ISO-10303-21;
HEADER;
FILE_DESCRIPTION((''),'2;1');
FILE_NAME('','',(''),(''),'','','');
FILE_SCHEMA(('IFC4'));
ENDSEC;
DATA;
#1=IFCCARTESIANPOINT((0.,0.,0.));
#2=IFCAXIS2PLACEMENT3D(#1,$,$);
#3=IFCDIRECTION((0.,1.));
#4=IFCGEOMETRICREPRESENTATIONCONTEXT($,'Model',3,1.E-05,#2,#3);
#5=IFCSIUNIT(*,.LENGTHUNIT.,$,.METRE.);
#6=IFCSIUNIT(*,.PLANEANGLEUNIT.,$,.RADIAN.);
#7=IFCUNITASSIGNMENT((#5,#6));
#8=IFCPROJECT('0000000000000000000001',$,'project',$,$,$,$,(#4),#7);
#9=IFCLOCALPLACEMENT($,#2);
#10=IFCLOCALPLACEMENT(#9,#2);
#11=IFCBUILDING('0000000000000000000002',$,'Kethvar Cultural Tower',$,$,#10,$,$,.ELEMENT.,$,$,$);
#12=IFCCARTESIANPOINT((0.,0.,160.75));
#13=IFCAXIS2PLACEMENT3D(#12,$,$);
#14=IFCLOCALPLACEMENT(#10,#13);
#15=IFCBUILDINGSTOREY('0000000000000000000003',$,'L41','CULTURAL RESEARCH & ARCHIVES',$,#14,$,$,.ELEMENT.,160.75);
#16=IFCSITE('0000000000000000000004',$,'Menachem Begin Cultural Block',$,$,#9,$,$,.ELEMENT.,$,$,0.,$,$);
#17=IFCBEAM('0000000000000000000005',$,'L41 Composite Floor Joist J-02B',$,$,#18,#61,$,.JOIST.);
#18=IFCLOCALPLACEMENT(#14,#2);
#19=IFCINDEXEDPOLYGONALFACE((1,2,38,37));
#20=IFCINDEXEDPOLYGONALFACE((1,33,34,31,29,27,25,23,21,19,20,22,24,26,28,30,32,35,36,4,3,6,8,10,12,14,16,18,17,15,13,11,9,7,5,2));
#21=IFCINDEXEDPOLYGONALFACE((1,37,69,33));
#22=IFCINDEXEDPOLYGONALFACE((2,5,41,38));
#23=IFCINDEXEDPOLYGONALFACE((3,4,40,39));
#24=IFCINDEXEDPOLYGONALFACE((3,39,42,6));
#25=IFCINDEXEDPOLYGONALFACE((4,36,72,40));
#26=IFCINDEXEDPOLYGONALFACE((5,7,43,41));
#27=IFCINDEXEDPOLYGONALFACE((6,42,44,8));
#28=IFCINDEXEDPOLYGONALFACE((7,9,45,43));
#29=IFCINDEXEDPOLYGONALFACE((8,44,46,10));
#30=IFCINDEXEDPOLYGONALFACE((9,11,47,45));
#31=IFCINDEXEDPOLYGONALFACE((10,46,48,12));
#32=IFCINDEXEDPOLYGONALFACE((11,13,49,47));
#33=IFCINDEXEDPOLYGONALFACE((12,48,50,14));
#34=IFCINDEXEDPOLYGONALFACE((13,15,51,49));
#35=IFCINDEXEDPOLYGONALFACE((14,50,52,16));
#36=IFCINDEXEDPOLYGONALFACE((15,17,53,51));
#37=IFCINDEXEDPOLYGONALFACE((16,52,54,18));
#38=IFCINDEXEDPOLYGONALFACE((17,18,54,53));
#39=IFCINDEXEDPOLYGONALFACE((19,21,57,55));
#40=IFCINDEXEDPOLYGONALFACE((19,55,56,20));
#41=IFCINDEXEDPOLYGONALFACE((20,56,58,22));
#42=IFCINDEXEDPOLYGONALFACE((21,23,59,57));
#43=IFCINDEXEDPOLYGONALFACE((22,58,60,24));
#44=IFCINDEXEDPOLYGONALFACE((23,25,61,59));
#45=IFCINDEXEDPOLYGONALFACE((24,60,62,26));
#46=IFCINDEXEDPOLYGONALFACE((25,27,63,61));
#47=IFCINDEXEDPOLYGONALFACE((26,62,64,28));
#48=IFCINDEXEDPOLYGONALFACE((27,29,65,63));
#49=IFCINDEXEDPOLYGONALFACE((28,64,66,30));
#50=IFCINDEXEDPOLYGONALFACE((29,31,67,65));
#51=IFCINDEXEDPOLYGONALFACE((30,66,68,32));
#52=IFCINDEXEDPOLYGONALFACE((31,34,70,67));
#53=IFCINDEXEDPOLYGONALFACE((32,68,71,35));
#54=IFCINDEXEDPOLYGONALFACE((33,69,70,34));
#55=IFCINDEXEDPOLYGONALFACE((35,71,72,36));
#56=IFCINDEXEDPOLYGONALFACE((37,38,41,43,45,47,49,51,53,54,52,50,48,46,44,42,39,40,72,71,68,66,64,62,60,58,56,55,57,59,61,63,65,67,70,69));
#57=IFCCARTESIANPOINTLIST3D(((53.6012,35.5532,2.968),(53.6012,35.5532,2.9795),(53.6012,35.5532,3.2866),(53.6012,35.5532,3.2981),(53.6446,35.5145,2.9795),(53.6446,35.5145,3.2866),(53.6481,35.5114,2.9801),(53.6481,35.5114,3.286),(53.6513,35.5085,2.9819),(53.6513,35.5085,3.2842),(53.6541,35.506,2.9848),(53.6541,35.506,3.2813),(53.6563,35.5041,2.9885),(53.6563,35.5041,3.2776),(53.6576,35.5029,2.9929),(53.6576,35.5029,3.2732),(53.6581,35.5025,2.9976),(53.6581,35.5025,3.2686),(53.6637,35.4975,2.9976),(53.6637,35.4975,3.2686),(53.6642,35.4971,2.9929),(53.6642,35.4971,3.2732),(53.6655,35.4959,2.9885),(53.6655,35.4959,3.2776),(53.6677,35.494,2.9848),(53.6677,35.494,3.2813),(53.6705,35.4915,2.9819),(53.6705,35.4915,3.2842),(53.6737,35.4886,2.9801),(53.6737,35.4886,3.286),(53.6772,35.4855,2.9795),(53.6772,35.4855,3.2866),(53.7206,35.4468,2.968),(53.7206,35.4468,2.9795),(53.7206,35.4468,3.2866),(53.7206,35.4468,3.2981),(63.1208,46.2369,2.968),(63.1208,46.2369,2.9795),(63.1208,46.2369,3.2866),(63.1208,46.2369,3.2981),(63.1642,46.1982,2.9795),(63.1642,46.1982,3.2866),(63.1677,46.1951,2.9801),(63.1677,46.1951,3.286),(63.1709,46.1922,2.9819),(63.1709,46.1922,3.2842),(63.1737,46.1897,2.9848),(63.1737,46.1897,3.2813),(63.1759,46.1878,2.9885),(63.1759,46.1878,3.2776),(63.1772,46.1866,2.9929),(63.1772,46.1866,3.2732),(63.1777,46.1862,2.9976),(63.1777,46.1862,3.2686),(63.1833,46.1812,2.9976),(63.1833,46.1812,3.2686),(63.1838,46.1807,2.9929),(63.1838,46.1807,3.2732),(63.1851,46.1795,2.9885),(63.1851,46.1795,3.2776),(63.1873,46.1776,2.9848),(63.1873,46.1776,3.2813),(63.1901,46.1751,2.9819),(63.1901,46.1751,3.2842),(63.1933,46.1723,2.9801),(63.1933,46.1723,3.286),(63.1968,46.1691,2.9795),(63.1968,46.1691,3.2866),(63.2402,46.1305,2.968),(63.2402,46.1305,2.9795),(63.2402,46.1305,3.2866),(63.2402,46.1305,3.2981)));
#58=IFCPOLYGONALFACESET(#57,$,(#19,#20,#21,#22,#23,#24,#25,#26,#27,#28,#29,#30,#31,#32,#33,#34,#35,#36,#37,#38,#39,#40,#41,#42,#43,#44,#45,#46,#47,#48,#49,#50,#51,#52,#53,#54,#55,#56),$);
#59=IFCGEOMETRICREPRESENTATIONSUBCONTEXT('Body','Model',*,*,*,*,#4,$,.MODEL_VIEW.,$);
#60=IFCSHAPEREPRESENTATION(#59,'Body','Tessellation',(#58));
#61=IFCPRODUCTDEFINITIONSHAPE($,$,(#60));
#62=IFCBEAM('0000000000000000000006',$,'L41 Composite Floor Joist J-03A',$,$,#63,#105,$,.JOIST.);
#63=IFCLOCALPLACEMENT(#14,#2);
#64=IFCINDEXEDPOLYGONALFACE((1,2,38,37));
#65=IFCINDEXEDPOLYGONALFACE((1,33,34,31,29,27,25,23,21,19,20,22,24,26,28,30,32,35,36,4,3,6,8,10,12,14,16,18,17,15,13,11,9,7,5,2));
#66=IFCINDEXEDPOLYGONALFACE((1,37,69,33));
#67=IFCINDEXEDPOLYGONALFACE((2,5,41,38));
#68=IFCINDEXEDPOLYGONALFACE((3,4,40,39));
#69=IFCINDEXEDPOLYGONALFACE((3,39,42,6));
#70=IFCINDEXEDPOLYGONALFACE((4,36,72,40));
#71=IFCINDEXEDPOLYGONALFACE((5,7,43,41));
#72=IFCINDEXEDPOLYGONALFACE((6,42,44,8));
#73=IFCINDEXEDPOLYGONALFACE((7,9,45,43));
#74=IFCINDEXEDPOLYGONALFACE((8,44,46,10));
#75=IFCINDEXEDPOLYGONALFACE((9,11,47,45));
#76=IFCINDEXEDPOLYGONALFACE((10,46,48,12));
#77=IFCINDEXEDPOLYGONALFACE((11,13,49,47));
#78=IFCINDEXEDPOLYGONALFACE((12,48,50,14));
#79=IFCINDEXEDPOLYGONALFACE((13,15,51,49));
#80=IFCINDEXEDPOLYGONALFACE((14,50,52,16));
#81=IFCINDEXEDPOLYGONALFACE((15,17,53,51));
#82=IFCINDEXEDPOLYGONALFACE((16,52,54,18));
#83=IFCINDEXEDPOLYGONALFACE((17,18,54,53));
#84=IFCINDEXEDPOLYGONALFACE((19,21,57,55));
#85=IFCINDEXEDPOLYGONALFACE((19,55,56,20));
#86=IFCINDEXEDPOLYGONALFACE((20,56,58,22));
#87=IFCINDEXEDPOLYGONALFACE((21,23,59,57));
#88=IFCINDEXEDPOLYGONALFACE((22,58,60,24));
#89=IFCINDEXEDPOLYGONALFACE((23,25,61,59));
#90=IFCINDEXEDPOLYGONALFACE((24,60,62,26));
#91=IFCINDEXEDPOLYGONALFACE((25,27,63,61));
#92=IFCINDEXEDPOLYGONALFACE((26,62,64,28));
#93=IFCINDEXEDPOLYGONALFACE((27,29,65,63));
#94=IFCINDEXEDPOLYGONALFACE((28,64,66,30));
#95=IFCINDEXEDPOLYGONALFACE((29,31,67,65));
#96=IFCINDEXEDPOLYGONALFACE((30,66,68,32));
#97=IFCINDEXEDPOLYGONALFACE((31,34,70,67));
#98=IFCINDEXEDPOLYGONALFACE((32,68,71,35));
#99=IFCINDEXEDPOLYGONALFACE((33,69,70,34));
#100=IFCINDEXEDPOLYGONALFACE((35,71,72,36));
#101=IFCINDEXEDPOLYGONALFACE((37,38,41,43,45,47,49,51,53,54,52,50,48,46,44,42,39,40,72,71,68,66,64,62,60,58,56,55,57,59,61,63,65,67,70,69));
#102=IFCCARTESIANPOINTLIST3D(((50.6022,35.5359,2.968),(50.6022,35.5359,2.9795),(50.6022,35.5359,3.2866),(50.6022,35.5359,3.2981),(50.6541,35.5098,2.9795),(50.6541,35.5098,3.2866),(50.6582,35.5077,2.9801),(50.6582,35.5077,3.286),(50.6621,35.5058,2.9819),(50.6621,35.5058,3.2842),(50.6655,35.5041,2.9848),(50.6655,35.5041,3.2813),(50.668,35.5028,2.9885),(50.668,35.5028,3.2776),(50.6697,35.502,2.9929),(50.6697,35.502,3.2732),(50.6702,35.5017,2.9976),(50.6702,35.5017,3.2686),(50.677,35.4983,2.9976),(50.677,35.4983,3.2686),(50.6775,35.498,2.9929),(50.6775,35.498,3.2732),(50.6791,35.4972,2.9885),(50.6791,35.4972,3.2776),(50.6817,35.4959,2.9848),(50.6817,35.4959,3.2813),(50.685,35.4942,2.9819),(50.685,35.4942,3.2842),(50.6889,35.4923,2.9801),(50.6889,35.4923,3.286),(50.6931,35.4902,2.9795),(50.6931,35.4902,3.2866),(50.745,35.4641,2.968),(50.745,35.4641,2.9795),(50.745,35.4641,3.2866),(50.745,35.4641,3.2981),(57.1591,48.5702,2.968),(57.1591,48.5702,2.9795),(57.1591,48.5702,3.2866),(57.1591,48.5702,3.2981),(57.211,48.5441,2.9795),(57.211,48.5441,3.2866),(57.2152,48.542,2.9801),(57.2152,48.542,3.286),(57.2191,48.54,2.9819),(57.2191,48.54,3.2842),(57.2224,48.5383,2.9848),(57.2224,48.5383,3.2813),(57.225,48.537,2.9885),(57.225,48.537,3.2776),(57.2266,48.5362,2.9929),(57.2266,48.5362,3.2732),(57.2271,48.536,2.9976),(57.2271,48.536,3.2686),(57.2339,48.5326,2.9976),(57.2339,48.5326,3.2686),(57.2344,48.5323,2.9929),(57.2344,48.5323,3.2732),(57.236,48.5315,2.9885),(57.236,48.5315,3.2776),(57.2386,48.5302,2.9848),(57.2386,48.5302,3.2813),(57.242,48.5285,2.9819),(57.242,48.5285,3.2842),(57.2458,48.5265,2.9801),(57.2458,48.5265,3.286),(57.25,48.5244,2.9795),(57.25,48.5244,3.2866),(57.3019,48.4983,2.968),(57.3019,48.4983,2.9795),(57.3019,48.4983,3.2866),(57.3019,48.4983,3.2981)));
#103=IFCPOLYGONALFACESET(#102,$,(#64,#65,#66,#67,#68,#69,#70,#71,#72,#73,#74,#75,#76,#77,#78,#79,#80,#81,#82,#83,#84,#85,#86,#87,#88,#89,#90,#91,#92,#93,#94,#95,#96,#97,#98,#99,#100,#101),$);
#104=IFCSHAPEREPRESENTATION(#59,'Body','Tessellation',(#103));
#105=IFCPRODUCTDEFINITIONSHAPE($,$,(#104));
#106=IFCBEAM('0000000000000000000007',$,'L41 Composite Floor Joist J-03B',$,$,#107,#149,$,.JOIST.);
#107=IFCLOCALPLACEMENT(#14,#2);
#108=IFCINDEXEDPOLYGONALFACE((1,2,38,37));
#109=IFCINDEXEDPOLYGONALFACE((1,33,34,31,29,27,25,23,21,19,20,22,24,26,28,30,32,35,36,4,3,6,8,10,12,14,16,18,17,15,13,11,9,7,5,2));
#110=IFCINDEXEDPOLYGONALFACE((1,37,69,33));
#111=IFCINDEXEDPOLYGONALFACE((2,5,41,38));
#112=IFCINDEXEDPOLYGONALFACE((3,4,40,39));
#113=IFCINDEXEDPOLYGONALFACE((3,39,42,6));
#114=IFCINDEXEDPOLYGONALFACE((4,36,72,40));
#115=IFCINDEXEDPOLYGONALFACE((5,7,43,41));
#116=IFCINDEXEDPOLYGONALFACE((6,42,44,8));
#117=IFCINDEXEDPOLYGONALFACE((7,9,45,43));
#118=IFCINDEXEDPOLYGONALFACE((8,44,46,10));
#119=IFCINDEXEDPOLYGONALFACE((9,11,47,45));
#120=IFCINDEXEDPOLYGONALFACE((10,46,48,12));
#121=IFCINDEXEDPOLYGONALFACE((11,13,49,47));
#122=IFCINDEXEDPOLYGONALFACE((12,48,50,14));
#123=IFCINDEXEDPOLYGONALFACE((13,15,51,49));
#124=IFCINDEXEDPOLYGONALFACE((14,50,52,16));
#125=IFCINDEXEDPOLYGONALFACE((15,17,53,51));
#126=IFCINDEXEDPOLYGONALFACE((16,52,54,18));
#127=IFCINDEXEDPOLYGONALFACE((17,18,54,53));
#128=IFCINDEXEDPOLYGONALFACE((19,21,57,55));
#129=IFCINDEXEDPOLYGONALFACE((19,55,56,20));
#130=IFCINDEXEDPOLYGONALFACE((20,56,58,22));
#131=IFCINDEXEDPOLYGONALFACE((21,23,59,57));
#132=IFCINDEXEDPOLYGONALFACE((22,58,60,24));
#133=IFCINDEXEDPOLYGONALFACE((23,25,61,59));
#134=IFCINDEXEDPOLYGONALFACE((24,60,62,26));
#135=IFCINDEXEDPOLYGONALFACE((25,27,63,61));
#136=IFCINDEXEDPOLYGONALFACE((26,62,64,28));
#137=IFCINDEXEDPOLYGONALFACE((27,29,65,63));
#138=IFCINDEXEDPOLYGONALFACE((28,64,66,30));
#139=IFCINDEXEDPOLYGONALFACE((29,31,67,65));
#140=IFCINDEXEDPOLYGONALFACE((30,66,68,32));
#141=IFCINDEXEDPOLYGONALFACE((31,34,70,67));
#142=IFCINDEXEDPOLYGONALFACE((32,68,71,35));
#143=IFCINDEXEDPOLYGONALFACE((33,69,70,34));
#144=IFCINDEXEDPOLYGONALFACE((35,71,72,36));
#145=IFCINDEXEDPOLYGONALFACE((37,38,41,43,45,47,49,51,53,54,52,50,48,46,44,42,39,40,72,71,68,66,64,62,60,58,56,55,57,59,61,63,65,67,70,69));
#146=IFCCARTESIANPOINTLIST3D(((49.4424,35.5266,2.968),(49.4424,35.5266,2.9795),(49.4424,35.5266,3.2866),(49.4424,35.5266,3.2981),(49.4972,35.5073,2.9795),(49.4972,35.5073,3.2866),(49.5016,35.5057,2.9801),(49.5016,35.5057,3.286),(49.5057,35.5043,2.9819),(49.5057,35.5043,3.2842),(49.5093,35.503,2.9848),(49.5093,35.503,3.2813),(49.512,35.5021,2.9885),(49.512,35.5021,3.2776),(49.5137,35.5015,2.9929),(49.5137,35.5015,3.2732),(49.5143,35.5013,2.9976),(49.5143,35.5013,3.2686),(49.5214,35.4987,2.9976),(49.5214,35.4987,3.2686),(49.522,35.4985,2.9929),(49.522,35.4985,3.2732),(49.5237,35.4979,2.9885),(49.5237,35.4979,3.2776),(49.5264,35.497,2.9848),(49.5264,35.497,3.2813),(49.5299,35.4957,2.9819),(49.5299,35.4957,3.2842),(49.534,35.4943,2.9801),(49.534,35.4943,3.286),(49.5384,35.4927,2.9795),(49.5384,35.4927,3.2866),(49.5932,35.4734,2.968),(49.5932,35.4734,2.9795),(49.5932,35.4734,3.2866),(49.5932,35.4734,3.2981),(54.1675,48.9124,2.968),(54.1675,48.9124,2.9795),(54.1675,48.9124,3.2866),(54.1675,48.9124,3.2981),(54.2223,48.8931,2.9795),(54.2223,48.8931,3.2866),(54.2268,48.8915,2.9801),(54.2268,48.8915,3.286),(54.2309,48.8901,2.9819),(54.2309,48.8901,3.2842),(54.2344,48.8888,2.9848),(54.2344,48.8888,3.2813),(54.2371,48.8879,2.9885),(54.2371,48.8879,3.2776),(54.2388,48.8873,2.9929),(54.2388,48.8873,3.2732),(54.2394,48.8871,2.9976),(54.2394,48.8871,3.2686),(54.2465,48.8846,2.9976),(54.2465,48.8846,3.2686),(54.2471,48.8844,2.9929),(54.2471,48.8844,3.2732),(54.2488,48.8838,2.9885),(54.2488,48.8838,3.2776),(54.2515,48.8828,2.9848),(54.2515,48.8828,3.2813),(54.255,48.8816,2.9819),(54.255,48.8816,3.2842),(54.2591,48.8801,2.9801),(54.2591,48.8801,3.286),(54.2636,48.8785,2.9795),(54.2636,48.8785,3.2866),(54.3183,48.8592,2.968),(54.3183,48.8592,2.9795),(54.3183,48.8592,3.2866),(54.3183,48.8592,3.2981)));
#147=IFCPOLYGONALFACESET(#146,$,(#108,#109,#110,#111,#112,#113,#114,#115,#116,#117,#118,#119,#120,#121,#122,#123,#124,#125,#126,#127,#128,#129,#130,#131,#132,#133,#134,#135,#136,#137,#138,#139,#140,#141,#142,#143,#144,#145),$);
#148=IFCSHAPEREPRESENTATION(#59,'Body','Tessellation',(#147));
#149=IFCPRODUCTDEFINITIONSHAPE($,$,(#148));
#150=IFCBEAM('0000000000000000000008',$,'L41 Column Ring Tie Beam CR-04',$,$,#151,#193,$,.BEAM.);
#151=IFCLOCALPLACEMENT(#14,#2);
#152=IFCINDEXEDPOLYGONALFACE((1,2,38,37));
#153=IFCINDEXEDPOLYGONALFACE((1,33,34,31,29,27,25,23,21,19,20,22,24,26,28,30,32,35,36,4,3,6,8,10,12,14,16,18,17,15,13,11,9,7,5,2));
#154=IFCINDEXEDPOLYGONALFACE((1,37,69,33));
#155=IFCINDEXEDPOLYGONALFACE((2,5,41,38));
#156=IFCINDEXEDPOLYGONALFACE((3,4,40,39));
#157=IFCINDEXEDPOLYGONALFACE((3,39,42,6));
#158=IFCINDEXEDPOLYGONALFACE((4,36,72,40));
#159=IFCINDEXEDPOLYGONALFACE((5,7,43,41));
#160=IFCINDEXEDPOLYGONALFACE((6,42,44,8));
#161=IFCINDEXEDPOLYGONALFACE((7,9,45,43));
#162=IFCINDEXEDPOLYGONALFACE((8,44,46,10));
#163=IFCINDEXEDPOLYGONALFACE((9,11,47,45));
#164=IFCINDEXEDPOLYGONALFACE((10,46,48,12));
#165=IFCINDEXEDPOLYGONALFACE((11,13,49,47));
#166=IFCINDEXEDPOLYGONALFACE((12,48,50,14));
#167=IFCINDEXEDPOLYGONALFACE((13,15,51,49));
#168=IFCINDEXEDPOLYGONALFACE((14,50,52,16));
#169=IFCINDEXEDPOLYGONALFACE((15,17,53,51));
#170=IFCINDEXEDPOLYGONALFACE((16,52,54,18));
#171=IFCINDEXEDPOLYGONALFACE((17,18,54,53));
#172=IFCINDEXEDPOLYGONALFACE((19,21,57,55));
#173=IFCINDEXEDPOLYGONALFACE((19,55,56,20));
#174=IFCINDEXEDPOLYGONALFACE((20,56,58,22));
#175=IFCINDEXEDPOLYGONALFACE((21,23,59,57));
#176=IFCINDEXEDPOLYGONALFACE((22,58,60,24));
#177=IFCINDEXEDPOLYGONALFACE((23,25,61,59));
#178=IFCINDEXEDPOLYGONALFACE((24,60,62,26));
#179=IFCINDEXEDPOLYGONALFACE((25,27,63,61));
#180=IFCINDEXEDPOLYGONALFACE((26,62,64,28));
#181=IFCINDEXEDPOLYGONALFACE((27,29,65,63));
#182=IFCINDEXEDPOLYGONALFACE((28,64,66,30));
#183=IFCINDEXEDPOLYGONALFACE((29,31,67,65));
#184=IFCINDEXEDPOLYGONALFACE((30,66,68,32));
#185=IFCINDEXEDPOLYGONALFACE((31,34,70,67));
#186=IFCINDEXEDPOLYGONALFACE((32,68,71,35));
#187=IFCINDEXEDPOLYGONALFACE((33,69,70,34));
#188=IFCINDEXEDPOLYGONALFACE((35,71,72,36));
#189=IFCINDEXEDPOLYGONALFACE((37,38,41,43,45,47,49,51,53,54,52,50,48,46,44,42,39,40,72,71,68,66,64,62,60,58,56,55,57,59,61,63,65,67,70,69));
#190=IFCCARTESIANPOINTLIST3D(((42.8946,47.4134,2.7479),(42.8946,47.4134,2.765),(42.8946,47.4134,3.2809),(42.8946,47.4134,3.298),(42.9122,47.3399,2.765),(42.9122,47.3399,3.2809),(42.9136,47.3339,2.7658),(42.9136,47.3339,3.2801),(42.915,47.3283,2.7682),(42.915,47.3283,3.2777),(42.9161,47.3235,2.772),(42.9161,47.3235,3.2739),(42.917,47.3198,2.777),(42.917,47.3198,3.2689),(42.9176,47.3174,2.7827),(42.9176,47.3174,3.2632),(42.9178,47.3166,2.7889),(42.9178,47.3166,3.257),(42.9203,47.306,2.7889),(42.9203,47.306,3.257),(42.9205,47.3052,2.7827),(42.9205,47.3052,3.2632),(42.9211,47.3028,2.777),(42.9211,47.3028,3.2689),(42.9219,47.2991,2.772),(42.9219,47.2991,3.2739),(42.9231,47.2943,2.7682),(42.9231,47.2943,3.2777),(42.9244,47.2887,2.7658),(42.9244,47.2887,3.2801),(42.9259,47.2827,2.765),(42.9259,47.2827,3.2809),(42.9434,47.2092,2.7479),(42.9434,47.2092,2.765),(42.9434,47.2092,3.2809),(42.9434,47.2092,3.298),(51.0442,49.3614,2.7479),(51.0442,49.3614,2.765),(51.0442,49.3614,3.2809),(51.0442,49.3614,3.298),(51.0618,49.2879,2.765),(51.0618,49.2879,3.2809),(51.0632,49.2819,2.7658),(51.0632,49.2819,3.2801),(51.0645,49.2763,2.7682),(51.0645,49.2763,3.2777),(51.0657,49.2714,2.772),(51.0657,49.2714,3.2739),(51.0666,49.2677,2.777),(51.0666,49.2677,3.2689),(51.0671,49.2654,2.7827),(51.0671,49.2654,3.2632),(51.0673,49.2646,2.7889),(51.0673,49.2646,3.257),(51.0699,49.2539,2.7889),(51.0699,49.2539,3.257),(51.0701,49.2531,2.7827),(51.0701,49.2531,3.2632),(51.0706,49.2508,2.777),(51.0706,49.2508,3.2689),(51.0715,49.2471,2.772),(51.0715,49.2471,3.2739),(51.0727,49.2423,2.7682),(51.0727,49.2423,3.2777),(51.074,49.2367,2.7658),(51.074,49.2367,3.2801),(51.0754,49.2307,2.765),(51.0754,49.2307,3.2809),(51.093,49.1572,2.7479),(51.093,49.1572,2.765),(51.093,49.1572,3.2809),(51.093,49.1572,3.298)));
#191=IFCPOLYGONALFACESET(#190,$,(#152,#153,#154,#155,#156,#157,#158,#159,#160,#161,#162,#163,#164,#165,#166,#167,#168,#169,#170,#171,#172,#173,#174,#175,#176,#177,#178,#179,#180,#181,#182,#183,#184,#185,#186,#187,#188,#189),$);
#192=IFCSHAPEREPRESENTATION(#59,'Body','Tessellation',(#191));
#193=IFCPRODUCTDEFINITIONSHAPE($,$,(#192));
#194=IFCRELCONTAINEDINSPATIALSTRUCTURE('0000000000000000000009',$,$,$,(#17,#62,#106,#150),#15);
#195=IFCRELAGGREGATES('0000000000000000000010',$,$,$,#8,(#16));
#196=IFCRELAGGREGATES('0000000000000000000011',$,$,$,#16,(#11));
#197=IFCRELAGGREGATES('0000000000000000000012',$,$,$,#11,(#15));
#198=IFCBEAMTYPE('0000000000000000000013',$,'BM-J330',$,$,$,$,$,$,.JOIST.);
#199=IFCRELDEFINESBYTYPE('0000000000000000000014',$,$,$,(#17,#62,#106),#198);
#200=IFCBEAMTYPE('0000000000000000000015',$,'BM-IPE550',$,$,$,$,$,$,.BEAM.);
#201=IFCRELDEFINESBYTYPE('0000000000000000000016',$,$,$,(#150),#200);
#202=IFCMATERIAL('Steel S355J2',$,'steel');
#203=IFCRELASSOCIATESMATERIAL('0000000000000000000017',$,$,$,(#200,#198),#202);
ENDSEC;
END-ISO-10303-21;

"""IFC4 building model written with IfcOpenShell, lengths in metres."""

from ifc_helpers import new_model, si_unit, direction, frame, origin, origin_2d, place, context, subcontext, project, spatial, i_section, extrude, source, transform, mapped, material, material_profile, profile_set, type_object, element, save


model = new_model("IFC4")

# Units and contexts
model_context = context("Model", 3, precision=1e-05, world=origin(), true_north=direction((0.0, 1.0)))
body_context = subcontext(model_context, "Body", "Model", "MODEL_VIEW")
ifc_project = project(units=[si_unit("LENGTHUNIT", "METRE"), si_unit("PLANEANGLEUNIT", "RADIAN")], contexts=[model_context])

# Site, building, storey
site_placement = place(None, origin())
site = spatial("IfcSite", under=ifc_project, at=site_placement, Name="Menachem Begin Cultural Block", CompositionType="ELEMENT", RefElevation=0.0)
building_placement = place(site_placement, origin())
building = spatial("IfcBuilding", under=site, at=building_placement, Name="Kethvar Cultural Tower", CompositionType="ELEMENT")
storey_placement = place(building_placement, frame((0.0, 0.0, 160.75)))
storey = spatial("IfcBuildingStorey", under=building, at=storey_placement, Name="L41", Description="CULTURAL RESEARCH & ARCHIVES", CompositionType="ELEMENT", Elevation=160.75)

# Beams
ifc_material_1 = material(Name="Steel S355J2", Category="steel")
ifc_material_profile_1 = material_profile(ifc_material_1, i_section(OverallWidth=0.21, OverallDepth=0.55, WebThickness=0.011, FlangeThickness=0.0171, FilletRadius=0.0239, at=origin_2d()), Name="Steel S355J2 — IPE550")
ifc_profile_set_1 = profile_set([ifc_material_profile_1], Name="Steel S355J2 — IPE550")
beam_type_1 = type_object("IfcBeamType", Name="BM-IPE550", PredefinedType="BEAM", material=ifc_profile_set_1)
ifc_material_profile_2 = material_profile(ifc_material_1, i_section(OverallWidth=0.1599, OverallDepth=0.3301, WebThickness=0.0076, FlangeThickness=0.0115, FilletRadius=0.0181, at=origin_2d()), Name="Steel S355J2 — IPE330")
ifc_profile_set_2 = profile_set([ifc_material_profile_2], Name="Steel S355J2 — IPE330")
beam_type_2 = type_object("IfcBeamType", Name="BM-J330", PredefinedType="JOIST", material=ifc_profile_set_2)
shared_shape_1 = source(origin(), body_context, "Body", "SweptSolid", [
    extrude(i_section(OverallWidth=0.1599, OverallDepth=0.3301, WebThickness=0.0076, FlangeThickness=0.0115, FilletRadius=0.0181, at=origin_2d()), origin(), (0.0, 0.0, 1.0), 14.3096),
])
beam_1_placement = place(storey_placement, frame((53.6609, 35.5, 3.1331), z_axis=(0.665261, 0.746611, 0.0), x_axis=(-0.746611, 0.665261, 0.0)))
element("IfcBeam", 1, at=beam_1_placement, inside=storey, type_object=beam_type_2, Name="L41 Composite Floor Joist J-02B", PredefinedType="JOIST", context=body_context, shape_type="MappedRepresentation", body=[
    mapped(shared_shape_1, transform((0.0, 0.0, 0.0), scale=1.0)),
])
shared_shape_2 = source(origin(), body_context, "Body", "SweptSolid", [
    extrude(i_section(OverallWidth=0.1599, OverallDepth=0.3301, WebThickness=0.0076, FlangeThickness=0.0115, FilletRadius=0.0181, at=origin_2d()), origin(), (0.0, 0.0, 1.0), 14.5906),
])
beam_2_placement = place(storey_placement, frame((50.6736, 35.5, 3.1331), z_axis=(0.449394, 0.893334, 0.0), x_axis=(-0.893334, 0.449394, 0.0)))
element("IfcBeam", 2, at=beam_2_placement, inside=storey, type_object=beam_type_2, Name="L41 Composite Floor Joist J-03A", PredefinedType="JOIST", context=body_context, shape_type="MappedRepresentation", body=[
    mapped(shared_shape_2, transform((0.0, 0.0, 0.0), scale=1.0)),
])
shared_shape_3 = source(origin(), body_context, "Body", "SweptSolid", [
    extrude(i_section(OverallWidth=0.1599, OverallDepth=0.3301, WebThickness=0.0076, FlangeThickness=0.0115, FilletRadius=0.0181, at=origin_2d()), origin(), (0.0, 0.0, 1.0), 14.1953),
])
beam_3_placement = place(storey_placement, frame((49.5178, 35.5, 3.1331), z_axis=(0.332865, 0.942974, 0.0), x_axis=(-0.942974, 0.332865, 0.0)))
element("IfcBeam", 3, at=beam_3_placement, inside=storey, type_object=beam_type_2, Name="L41 Composite Floor Joist J-03B", PredefinedType="JOIST", context=body_context, shape_type="MappedRepresentation", body=[
    mapped(shared_shape_3, transform((0.0, 0.0, 0.0), scale=1.0)),
])
shared_shape_4 = source(origin(), body_context, "Body", "SweptSolid", [
    extrude(i_section(OverallWidth=0.21, OverallDepth=0.55, WebThickness=0.011, FlangeThickness=0.0171, FilletRadius=0.0239, at=origin_2d()), origin(), (0.0, 0.0, 1.0), 8.3792),
])
beam_4_placement = place(storey_placement, frame((51.0686, 49.2593, 3.0229), z_axis=(-0.972601, -0.232479, 0.0), x_axis=(0.232479, -0.972601, 0.0)))
element("IfcBeam", 4, at=beam_4_placement, inside=storey, type_object=beam_type_1, Name="L41 Column Ring Tie Beam CR-04", PredefinedType="BEAM", context=body_context, shape_type="MappedRepresentation", body=[
    mapped(shared_shape_4, transform((0.0, 0.0, 0.0), scale=1.0)),
])

save(model, "model.ifc")
